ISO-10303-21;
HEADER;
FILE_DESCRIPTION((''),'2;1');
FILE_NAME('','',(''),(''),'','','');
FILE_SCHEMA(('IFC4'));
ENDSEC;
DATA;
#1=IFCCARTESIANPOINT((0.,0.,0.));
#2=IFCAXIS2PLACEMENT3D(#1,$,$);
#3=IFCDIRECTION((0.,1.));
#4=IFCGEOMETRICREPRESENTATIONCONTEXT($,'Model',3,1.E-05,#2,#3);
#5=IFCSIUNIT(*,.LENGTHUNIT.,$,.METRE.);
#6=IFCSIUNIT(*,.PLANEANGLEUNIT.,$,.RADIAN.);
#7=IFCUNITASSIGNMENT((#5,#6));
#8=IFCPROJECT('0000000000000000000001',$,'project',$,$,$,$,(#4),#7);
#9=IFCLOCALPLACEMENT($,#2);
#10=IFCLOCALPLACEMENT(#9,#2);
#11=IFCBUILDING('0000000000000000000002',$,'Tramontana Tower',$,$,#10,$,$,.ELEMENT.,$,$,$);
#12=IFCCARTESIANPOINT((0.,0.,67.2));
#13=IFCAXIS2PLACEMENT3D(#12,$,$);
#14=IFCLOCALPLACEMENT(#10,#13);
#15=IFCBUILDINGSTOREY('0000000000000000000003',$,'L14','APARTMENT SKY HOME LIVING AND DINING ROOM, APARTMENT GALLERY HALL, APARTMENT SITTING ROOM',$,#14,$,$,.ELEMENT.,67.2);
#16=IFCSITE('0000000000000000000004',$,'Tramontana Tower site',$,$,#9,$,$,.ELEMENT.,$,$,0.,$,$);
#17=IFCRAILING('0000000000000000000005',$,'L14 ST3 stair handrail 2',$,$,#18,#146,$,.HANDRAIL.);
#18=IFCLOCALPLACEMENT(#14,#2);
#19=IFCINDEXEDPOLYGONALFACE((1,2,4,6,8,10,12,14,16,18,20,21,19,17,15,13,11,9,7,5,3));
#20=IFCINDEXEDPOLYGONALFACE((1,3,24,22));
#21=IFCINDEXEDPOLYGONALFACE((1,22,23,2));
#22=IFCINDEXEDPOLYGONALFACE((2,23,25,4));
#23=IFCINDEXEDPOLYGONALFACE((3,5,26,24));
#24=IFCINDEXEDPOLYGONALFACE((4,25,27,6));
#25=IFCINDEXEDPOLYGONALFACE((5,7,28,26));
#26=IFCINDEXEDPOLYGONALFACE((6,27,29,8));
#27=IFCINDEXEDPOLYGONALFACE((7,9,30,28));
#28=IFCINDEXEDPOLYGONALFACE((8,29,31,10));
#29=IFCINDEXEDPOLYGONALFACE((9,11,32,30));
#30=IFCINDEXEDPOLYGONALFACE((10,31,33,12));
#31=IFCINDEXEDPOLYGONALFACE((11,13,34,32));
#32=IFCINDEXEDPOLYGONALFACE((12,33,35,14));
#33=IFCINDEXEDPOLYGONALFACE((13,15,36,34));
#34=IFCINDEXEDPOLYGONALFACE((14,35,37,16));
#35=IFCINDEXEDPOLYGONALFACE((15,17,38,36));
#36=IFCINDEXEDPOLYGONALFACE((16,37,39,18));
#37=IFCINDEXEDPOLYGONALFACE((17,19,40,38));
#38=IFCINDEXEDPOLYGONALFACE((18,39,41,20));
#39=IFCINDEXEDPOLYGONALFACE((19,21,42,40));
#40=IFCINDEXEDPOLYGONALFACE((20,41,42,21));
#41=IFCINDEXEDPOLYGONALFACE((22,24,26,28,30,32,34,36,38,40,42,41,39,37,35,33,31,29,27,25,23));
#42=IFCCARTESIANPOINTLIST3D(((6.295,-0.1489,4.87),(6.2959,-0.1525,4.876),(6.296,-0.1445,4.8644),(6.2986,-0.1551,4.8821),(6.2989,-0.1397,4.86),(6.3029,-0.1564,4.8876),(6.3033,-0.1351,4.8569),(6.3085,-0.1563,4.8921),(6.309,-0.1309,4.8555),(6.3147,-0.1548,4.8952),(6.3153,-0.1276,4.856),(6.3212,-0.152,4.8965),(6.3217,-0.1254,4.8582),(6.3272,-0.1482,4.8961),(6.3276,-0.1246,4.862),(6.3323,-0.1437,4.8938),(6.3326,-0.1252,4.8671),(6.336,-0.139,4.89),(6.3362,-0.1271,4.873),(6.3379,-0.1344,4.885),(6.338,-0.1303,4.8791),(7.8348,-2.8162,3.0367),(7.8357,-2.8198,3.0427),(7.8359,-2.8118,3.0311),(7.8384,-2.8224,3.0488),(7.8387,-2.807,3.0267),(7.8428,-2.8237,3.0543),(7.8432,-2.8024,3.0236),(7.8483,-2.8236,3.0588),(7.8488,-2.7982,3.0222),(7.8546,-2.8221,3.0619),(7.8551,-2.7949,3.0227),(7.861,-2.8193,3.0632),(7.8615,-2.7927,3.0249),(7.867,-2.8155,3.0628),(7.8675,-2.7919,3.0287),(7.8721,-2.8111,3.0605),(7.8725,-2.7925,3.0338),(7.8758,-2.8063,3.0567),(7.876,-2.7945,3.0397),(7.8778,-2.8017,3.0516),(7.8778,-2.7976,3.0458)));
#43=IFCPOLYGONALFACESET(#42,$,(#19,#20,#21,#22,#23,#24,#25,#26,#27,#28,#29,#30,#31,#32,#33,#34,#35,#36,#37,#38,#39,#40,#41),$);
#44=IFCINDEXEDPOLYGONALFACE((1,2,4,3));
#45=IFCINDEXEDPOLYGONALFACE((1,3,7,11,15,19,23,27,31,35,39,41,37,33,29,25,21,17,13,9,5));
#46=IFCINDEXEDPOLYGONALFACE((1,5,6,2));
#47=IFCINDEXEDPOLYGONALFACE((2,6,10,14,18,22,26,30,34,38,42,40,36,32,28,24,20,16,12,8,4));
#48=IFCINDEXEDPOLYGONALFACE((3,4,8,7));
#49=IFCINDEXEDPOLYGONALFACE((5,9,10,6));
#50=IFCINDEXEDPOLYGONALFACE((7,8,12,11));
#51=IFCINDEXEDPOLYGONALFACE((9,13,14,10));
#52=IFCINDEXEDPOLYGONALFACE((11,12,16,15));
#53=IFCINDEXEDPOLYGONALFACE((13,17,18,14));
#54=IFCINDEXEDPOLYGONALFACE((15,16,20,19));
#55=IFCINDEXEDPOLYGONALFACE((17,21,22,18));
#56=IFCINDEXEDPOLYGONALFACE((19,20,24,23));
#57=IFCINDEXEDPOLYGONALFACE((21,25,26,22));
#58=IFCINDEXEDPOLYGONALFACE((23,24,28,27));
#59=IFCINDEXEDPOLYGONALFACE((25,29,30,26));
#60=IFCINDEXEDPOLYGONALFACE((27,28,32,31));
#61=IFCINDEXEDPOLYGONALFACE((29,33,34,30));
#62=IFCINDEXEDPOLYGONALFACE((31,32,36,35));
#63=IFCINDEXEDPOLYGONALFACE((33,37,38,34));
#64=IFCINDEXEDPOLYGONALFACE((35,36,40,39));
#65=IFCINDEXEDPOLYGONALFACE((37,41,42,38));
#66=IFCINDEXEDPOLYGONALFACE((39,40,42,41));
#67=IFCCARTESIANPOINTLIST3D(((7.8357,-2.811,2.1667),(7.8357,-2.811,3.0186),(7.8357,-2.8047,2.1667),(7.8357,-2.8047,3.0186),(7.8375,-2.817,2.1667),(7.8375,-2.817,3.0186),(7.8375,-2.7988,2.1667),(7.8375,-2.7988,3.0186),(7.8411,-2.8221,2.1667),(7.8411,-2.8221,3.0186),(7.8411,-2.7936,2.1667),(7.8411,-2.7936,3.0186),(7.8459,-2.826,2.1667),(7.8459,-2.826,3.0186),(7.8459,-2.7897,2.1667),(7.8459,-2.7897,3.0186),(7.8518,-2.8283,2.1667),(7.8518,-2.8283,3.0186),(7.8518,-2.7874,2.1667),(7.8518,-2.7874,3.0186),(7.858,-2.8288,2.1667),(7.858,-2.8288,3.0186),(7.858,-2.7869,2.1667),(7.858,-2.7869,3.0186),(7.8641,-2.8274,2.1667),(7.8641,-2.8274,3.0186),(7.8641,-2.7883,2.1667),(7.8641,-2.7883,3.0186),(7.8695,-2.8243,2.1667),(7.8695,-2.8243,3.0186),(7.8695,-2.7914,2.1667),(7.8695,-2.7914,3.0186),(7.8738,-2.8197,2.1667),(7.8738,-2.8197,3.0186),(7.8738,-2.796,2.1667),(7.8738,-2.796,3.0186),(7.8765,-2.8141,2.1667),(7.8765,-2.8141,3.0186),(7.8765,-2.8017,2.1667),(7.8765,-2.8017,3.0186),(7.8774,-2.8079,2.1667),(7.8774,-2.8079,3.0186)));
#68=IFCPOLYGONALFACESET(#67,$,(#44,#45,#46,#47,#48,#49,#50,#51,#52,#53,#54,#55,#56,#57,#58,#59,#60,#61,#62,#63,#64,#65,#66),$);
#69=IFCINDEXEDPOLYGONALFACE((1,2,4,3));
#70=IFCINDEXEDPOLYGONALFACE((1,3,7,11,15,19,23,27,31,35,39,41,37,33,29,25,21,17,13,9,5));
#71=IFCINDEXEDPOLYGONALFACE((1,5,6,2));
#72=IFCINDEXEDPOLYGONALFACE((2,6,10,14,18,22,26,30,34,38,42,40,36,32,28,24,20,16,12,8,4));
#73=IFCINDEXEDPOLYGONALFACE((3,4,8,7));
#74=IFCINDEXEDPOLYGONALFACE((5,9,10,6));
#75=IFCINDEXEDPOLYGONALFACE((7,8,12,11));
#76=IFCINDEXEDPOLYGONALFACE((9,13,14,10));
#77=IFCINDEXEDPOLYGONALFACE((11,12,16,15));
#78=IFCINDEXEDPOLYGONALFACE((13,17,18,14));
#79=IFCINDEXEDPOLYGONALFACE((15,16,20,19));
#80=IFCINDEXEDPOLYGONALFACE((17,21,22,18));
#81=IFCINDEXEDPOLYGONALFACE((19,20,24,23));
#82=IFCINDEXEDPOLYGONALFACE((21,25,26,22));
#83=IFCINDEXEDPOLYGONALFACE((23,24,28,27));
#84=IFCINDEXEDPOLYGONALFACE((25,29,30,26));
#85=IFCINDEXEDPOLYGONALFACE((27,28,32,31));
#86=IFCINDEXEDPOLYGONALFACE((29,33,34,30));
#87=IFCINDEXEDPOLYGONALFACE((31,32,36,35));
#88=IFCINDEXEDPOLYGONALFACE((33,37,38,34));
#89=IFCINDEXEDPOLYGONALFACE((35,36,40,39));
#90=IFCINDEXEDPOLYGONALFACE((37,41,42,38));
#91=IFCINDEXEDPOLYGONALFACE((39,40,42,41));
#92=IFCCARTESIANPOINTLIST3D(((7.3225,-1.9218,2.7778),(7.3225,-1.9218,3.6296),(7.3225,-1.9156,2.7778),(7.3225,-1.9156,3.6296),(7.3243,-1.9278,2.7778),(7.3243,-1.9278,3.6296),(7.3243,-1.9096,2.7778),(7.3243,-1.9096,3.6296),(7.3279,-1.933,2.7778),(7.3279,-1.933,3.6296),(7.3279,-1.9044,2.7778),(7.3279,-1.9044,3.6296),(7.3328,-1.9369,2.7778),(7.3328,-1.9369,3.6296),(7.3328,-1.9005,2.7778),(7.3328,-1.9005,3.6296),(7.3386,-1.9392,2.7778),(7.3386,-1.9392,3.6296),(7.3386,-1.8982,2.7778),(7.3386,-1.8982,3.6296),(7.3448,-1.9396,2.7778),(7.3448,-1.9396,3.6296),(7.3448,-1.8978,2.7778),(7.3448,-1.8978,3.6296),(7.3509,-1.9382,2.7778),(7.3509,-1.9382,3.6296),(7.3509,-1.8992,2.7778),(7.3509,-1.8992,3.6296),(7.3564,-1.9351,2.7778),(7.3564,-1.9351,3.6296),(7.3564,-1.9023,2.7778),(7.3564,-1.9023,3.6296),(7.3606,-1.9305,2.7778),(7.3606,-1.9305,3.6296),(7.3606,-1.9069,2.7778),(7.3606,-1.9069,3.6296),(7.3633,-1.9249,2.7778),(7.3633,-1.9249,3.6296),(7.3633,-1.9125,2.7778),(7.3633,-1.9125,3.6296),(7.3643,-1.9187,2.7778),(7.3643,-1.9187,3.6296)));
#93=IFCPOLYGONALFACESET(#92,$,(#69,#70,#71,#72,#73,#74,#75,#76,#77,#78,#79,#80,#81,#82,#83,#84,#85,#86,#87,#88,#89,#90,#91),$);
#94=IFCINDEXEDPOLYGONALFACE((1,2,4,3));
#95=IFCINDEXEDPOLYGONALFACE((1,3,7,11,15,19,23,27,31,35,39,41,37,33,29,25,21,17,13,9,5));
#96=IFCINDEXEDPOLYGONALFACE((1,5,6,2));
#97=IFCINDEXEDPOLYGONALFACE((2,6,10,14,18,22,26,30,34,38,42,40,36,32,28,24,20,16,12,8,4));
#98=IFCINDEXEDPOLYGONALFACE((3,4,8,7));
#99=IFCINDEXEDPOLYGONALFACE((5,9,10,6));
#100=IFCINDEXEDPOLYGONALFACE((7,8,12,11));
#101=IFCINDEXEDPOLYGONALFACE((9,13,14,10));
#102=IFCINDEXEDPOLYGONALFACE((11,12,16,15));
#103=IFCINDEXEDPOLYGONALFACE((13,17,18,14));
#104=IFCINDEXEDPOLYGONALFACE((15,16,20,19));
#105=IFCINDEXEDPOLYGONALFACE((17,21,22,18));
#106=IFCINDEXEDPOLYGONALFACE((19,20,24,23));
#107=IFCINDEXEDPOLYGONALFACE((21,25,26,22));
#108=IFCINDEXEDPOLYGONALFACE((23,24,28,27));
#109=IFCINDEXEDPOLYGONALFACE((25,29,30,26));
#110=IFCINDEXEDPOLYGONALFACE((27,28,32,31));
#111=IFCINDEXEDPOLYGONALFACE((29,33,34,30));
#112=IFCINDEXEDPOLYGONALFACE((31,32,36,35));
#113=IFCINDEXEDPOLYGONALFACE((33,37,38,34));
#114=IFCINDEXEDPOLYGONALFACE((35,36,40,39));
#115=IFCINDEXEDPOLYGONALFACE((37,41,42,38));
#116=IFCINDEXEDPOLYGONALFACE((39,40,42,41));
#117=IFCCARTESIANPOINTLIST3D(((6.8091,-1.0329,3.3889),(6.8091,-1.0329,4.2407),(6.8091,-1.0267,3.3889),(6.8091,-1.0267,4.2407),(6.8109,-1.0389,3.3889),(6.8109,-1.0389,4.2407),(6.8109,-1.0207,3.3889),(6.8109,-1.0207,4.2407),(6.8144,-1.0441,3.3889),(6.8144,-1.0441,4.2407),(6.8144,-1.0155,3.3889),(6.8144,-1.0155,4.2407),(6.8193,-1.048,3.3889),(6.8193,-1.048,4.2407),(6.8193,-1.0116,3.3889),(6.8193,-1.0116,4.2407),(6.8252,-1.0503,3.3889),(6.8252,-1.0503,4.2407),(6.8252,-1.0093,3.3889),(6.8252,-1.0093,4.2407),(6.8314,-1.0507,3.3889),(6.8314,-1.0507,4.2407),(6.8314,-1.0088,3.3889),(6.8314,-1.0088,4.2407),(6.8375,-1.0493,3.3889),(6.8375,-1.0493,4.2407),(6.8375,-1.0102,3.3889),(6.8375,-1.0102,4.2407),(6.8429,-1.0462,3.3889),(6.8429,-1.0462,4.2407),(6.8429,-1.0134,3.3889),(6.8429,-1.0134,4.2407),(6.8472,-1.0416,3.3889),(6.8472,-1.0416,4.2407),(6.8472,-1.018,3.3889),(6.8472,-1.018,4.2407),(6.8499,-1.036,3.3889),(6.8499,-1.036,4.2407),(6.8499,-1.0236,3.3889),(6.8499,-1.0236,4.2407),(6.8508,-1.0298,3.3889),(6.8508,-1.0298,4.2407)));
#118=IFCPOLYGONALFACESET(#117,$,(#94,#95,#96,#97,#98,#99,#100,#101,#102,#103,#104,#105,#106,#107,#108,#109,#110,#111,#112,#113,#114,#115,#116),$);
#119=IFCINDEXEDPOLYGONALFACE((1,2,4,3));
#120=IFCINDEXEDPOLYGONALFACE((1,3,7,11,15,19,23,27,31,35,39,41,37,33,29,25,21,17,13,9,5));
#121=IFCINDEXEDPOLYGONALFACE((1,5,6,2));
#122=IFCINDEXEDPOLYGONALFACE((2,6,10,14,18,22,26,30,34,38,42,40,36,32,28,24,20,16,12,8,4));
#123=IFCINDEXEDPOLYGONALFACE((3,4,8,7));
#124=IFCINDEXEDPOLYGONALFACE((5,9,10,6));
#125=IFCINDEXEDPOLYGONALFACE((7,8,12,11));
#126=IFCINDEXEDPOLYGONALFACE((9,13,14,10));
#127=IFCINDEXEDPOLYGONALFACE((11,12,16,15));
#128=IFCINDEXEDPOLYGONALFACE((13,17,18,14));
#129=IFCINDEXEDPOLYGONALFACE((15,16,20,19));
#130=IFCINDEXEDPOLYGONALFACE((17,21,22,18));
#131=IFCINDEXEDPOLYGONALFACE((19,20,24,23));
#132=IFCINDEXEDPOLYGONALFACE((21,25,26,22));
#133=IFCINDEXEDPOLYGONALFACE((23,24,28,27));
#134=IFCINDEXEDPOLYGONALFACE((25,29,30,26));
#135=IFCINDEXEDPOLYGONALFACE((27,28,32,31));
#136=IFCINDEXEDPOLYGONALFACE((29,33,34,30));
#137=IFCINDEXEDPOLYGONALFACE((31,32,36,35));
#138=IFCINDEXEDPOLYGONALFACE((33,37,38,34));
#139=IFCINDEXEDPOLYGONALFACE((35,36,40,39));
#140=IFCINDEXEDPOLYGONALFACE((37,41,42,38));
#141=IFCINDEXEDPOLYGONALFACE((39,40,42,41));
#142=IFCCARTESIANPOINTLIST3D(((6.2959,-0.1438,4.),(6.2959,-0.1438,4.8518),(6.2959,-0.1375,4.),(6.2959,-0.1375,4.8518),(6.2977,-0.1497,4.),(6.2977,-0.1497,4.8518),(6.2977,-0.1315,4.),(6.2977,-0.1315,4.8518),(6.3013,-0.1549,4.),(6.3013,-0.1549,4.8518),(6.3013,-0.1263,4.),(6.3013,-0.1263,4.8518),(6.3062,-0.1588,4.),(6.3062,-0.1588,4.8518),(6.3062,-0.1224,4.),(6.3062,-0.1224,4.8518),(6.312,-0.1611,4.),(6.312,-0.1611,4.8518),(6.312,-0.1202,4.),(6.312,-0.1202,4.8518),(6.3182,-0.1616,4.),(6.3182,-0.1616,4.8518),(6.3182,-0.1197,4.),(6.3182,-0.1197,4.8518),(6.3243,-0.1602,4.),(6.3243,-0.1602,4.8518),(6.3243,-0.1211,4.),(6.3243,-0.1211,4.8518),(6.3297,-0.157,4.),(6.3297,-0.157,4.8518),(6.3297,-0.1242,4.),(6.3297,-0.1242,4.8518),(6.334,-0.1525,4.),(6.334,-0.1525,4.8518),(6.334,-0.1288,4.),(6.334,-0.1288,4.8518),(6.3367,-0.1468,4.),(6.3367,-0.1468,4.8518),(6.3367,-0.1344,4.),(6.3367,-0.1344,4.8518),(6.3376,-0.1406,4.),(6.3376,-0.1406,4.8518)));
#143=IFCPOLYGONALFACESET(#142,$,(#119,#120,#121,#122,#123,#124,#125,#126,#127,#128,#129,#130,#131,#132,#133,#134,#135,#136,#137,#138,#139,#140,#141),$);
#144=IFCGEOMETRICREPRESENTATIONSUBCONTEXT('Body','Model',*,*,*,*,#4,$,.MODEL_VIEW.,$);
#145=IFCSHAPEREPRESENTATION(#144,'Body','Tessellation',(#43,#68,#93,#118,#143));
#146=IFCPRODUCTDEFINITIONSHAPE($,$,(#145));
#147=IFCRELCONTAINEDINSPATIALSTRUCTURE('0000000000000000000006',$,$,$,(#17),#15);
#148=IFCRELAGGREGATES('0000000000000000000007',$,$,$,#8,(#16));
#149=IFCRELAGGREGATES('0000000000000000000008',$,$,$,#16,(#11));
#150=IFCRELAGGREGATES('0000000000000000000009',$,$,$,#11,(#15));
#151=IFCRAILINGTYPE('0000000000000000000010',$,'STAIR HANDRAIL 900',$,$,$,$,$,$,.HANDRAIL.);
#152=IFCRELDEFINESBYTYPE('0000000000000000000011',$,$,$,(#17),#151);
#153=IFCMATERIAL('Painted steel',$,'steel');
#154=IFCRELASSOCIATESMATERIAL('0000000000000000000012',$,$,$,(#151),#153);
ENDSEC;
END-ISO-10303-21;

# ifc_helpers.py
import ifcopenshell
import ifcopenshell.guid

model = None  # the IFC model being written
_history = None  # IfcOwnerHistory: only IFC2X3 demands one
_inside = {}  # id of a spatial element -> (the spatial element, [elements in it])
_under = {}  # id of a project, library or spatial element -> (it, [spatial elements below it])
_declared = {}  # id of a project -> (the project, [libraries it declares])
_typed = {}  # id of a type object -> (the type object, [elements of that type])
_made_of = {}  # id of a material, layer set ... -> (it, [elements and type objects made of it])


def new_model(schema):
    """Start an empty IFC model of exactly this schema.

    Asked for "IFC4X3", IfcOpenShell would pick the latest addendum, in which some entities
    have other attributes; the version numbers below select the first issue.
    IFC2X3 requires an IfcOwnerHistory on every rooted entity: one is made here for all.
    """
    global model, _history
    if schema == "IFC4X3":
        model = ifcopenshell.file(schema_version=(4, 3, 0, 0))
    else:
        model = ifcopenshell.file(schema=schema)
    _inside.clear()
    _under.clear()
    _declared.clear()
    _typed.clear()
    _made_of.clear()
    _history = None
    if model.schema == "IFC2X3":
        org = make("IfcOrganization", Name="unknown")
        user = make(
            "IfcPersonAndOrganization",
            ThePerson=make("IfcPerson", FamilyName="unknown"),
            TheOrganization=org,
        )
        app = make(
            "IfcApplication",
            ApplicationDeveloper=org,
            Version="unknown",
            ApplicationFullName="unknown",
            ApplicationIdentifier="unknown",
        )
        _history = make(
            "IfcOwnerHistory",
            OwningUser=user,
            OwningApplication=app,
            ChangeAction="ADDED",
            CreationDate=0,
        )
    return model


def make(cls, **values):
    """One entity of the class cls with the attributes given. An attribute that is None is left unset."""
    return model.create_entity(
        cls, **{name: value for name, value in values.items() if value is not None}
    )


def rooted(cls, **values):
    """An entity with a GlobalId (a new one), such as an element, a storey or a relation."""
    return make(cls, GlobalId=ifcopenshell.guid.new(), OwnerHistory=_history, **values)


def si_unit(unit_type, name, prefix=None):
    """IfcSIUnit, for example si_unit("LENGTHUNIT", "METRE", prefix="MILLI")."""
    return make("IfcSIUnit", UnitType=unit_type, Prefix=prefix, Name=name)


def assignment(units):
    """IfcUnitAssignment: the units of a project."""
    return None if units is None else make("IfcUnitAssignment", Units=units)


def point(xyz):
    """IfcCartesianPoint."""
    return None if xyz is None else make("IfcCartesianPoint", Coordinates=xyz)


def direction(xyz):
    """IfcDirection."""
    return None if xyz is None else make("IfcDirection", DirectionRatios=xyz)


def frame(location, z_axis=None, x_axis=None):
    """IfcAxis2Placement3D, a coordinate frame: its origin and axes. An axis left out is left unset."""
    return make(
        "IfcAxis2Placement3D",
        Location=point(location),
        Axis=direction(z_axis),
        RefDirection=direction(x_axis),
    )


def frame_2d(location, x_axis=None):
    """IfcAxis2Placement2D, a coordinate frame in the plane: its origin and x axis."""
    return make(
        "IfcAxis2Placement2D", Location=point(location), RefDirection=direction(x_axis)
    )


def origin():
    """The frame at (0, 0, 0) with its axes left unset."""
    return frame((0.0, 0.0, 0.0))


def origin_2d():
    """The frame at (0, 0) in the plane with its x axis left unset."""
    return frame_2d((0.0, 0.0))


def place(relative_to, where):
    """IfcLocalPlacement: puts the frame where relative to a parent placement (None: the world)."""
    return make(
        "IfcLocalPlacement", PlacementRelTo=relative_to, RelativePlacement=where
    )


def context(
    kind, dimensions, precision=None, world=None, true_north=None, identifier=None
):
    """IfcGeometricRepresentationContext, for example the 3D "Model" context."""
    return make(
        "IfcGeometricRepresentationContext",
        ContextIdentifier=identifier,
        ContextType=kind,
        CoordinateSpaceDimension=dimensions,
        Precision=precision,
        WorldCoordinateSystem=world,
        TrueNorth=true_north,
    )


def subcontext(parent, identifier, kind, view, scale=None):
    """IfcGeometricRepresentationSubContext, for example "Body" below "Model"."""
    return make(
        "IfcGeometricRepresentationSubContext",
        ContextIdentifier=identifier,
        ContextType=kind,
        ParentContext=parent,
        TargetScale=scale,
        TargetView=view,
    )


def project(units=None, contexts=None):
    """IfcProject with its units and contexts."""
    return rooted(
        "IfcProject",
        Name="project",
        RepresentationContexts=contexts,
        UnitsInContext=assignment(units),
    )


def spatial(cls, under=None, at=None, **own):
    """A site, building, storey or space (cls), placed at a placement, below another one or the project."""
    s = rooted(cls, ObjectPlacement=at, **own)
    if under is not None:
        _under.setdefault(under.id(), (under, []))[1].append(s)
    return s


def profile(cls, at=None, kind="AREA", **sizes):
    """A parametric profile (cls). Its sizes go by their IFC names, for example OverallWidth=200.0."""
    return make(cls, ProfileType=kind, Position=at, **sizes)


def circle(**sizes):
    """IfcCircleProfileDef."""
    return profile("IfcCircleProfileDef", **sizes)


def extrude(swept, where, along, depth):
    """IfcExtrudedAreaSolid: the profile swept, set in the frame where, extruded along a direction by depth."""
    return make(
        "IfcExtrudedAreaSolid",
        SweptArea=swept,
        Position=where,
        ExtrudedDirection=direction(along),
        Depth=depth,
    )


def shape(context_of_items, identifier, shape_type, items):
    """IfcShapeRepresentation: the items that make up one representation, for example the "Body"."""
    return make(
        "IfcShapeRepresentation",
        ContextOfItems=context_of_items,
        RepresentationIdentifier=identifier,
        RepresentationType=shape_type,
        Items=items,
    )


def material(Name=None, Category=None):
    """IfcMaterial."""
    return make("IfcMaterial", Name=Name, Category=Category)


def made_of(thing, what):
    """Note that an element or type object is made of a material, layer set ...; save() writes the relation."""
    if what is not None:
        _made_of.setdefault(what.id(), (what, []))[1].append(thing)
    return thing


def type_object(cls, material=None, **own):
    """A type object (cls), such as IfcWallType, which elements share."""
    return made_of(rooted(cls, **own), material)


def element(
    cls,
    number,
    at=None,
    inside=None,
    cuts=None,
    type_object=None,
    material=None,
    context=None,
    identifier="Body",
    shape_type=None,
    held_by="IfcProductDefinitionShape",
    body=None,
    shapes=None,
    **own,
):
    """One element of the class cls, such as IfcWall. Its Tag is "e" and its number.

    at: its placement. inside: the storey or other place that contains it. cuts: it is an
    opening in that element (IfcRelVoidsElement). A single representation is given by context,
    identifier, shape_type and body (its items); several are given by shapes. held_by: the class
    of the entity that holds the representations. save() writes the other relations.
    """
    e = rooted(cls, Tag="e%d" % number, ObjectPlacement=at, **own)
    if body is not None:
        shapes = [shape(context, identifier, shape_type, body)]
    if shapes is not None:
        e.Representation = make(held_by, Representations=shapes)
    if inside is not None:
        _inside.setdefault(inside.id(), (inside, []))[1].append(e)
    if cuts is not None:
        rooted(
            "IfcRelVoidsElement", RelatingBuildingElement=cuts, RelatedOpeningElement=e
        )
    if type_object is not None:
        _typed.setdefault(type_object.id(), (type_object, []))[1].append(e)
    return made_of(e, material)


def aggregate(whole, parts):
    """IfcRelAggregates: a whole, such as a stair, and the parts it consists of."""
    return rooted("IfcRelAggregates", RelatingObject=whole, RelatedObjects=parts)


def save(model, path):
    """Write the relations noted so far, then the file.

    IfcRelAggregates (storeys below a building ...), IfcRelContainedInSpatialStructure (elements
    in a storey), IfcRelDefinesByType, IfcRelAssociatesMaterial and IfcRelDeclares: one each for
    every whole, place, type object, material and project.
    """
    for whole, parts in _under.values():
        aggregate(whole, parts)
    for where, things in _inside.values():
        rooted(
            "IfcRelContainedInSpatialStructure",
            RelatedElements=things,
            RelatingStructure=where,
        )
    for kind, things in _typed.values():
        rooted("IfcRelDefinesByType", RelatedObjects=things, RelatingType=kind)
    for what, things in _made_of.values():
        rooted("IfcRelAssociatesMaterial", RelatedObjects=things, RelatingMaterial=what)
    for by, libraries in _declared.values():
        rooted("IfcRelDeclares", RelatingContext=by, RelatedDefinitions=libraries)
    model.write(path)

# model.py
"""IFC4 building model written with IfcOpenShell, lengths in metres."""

from ifc_helpers import new_model, si_unit, direction, frame, origin, origin_2d, place, context, subcontext, project, spatial, circle, extrude, material, type_object, element, save


model = new_model("IFC4")

# Units and contexts
model_context = context("Model", 3, precision=1e-05, world=origin(), true_north=direction((0.0, 1.0)))
body_context = subcontext(model_context, "Body", "Model", "MODEL_VIEW")
ifc_project = project(units=[si_unit("LENGTHUNIT", "METRE"), si_unit("PLANEANGLEUNIT", "RADIAN")], contexts=[model_context])

# Site, building, storey
site_placement = place(None, origin())
site = spatial("IfcSite", under=ifc_project, at=site_placement, Name="Tramontana Tower site", CompositionType="ELEMENT", RefElevation=0.0)
building_placement = place(site_placement, origin())
building = spatial("IfcBuilding", under=site, at=building_placement, Name="Tramontana Tower", CompositionType="ELEMENT")
storey_placement = place(building_placement, frame((0.0, 0.0, 67.2)))
storey = spatial("IfcBuildingStorey", under=building, at=storey_placement, Name="L14", Description="APARTMENT SKY HOME LIVING AND DINING ROOM, APARTMENT GALLERY HALL, APARTMENT SITTING ROOM", CompositionType="ELEMENT", Elevation=67.2)

# Railing
ifc_material_1 = material(Name="Painted steel", Category="steel")
railing_type_1 = type_object("IfcRailingType", Name="STAIR HANDRAIL 900", PredefinedType="HANDRAIL", material=ifc_material_1)
railing_1_placement = place(storey_placement, frame((7.8564, -2.8079, 2.1667)))
element("IfcRailing", 1, at=railing_1_placement, inside=storey, type_object=railing_type_1, Name="L14 ST3 stair handrail 2", PredefinedType="HANDRAIL", context=body_context, shape_type="SweptSolid", body=[
    extrude(circle(Radius=0.0239, at=origin_2d()), frame((0.0, 0.0, 0.876), z_axis=(-0.429616, 0.744181, 0.511493), x_axis=(-0.866044, -0.499967, 0.0)), (0.0, 0.0, 1.0), 3.5842),
    extrude(circle(Radius=0.021, at=origin_2d()), origin(), (0.0, 0.0, 1.0), 0.8518),
    extrude(circle(Radius=0.021, at=origin_2d()), frame((-0.5132, 0.8892, 0.6111)), (0.0, 0.0, 1.0), 0.8518),
    extrude(circle(Radius=0.021, at=origin_2d()), frame((-1.0266, 1.7781, 1.2222)), (0.0, 0.0, 1.0), 0.8518),
    extrude(circle(Radius=0.021, at=origin_2d()), frame((-1.5398, 2.6672, 1.8333)), (0.0, 0.0, 1.0), 0.8518),
])

save(model, "model.ifc")
